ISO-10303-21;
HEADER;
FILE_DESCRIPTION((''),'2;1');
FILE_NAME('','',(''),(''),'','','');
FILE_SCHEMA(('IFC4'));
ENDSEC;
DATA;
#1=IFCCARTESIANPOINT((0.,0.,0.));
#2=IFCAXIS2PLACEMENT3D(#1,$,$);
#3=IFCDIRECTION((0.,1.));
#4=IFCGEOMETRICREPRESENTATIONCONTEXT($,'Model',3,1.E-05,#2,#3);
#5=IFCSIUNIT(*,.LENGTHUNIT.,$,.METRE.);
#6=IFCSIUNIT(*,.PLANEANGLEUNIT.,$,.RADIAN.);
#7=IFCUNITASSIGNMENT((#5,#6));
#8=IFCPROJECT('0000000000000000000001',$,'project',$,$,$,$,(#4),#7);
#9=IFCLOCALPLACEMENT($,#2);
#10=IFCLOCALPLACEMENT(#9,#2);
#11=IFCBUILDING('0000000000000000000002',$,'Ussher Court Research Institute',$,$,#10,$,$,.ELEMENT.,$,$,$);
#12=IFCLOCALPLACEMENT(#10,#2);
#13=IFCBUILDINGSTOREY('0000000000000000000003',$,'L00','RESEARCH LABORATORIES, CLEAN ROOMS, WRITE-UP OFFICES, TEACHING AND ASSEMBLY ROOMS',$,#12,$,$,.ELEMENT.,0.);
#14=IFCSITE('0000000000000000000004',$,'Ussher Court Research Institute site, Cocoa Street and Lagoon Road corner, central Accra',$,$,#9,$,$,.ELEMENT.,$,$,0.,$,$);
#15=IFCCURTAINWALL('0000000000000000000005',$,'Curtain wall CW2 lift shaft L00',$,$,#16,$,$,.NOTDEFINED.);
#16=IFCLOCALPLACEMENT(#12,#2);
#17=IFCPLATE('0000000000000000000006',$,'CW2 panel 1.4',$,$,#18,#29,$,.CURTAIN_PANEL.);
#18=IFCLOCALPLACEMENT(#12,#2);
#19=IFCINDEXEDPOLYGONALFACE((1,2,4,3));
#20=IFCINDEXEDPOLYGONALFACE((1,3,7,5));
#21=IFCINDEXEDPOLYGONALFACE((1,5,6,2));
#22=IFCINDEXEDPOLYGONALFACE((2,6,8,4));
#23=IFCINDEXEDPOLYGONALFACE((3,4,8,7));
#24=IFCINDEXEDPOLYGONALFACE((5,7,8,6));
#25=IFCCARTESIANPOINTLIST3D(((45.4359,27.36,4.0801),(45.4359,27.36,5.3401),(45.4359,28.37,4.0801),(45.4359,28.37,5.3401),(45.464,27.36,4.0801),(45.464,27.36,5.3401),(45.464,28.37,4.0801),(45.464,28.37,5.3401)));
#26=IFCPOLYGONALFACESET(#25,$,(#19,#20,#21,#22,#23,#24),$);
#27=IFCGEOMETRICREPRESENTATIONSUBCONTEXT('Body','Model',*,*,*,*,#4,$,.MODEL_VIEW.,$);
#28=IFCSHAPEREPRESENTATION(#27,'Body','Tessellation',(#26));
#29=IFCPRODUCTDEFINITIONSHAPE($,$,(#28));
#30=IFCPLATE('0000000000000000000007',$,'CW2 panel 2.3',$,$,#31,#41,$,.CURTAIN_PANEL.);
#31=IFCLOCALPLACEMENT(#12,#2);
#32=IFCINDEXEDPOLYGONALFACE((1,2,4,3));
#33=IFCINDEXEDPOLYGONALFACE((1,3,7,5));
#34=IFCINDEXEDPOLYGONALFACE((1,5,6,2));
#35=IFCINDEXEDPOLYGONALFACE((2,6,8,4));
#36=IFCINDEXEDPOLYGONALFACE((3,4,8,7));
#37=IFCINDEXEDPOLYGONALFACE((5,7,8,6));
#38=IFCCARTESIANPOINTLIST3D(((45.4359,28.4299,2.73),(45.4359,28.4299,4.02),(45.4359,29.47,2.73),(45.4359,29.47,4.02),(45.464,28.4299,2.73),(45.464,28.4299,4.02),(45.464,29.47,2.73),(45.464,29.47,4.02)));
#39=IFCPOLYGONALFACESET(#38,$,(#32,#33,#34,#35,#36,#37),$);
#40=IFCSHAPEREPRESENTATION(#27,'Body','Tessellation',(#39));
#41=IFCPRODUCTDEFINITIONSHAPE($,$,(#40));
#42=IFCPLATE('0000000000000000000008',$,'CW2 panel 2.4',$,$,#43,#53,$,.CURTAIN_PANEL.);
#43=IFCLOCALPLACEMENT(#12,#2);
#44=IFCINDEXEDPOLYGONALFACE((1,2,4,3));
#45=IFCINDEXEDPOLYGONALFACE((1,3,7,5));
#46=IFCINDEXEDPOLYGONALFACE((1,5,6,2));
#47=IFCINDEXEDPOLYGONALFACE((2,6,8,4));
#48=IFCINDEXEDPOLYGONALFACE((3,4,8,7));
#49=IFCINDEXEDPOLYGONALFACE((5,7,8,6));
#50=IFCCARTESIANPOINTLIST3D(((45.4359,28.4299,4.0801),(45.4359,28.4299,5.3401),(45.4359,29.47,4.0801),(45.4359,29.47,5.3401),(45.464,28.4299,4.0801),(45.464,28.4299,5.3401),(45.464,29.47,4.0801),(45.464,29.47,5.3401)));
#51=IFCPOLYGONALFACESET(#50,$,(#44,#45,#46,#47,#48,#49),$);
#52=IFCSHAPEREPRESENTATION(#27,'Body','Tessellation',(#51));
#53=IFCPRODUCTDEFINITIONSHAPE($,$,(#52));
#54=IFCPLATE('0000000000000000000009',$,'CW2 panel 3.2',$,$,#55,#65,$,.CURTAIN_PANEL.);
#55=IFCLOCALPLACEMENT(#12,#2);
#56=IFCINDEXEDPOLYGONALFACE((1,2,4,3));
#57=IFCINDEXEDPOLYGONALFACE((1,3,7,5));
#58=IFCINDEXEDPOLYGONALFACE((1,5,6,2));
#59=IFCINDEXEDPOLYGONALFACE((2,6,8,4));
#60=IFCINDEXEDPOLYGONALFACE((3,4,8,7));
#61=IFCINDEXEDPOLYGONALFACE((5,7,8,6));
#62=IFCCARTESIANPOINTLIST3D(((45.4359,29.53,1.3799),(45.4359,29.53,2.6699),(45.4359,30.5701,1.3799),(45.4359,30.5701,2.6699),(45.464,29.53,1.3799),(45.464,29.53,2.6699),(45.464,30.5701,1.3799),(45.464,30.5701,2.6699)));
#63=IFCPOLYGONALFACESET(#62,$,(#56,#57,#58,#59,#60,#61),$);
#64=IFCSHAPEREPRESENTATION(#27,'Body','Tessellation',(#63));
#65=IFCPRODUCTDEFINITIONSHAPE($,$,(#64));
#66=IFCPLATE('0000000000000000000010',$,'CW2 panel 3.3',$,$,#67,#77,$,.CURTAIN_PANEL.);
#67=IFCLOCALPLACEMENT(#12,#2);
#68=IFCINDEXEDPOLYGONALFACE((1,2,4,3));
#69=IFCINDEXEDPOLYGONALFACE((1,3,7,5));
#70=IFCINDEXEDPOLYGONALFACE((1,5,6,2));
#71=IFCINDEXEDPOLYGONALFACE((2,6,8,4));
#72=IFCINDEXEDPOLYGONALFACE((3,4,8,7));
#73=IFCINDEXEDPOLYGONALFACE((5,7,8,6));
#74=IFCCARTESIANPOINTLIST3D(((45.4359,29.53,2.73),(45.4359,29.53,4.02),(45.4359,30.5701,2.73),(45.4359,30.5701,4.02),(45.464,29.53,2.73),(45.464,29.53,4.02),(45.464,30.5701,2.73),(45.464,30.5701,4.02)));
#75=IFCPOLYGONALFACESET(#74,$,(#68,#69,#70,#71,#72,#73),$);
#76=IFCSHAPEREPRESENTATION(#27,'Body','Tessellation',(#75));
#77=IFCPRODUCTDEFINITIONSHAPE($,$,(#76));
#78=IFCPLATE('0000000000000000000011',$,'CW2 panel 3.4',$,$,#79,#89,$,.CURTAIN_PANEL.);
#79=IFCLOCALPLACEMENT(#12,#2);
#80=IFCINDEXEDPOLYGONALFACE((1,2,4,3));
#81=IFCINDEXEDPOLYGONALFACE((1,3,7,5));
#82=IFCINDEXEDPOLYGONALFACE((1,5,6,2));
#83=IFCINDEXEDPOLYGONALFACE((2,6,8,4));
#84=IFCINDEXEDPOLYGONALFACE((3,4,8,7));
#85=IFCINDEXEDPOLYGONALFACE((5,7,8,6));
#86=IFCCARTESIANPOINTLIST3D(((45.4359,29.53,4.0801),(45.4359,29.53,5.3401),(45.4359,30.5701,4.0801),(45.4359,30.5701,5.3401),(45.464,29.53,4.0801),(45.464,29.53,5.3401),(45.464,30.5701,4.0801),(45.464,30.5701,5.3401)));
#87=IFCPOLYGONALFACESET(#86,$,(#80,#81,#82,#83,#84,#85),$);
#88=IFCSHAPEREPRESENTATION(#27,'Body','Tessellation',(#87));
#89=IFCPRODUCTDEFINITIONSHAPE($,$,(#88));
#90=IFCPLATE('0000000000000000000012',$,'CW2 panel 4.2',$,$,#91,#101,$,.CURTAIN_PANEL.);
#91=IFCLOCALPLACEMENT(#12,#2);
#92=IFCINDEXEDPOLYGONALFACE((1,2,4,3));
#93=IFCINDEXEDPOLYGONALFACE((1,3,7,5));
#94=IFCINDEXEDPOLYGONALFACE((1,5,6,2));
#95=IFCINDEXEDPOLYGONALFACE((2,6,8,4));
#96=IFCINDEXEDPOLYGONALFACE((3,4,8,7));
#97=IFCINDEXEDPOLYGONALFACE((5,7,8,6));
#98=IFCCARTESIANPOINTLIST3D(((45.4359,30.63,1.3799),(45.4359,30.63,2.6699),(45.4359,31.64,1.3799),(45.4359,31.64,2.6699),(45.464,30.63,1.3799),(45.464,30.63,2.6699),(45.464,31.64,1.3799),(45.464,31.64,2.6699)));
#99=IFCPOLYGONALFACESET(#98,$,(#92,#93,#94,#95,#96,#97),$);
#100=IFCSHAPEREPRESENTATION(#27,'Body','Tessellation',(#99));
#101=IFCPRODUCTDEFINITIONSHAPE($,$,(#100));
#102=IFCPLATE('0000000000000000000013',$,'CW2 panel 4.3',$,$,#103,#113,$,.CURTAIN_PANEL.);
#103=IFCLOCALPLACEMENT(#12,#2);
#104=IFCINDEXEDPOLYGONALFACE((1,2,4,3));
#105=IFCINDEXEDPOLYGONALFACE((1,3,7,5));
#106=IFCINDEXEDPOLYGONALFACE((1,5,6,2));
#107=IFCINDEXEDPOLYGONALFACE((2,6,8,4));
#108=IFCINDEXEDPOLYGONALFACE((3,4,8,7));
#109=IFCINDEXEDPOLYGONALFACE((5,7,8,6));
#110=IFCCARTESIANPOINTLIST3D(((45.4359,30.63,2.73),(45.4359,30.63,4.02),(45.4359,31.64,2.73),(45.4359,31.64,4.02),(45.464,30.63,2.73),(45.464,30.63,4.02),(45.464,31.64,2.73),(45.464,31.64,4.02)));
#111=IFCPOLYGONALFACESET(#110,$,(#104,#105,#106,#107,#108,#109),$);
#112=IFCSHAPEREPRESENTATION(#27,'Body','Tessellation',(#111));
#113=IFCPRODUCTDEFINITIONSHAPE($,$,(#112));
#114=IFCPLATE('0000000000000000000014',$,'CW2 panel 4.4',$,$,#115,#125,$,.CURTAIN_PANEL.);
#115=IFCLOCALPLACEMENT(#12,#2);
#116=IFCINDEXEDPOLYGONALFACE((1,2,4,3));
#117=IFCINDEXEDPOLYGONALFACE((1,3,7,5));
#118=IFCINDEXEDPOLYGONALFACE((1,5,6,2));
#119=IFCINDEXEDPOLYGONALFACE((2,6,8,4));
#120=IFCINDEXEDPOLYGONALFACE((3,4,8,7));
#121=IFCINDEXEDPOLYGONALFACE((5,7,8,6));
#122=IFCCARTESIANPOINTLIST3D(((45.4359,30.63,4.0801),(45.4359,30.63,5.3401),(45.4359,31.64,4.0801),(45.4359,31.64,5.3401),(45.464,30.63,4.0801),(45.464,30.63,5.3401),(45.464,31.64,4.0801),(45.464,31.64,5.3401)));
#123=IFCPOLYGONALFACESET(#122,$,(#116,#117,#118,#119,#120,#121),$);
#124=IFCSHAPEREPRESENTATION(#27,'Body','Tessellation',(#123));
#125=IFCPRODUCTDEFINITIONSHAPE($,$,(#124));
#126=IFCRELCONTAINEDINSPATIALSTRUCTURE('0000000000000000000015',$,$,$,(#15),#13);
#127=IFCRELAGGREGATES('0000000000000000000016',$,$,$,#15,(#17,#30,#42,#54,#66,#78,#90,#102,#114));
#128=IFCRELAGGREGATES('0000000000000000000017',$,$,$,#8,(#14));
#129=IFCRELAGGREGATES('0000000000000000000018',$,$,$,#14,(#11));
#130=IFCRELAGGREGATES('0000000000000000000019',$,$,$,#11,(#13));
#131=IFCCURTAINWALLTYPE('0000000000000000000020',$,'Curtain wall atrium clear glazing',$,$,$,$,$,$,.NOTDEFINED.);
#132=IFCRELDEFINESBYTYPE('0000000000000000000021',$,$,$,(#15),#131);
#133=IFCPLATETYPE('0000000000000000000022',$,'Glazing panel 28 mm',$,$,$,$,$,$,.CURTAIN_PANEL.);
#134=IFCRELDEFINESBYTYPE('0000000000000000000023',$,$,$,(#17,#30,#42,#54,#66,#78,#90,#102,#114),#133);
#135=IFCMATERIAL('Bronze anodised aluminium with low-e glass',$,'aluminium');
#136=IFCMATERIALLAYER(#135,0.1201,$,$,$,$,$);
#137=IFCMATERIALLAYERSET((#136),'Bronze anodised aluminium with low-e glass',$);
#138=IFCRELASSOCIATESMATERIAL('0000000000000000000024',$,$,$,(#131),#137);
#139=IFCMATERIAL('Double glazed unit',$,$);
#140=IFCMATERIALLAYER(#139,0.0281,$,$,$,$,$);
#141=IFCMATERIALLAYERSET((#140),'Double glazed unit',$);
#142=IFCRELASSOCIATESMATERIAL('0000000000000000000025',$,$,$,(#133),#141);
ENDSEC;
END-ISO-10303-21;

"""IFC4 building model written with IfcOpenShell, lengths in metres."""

from ifc_helpers import new_model, si_unit, direction, frame, origin, origin_2d, place, context, subcontext, project, spatial, rectangle, extrude, material, layer, layer_set, type_object, element, aggregate, save


model = new_model("IFC4")

# Units and contexts
model_context = context("Model", 3, precision=1e-05, world=origin(), true_north=direction((0.0, 1.0)))
body_context = subcontext(model_context, "Body", "Model", "MODEL_VIEW")
ifc_project = project(units=[si_unit("LENGTHUNIT", "METRE"), si_unit("PLANEANGLEUNIT", "RADIAN")], contexts=[model_context])

# Site, building, storey
site_placement = place(None, origin())
site = spatial("IfcSite", under=ifc_project, at=site_placement, Name="Ussher Court Research Institute site, Cocoa Street and Lagoon Road corner, central Accra", CompositionType="ELEMENT", RefElevation=0.0)
building_placement = place(site_placement, origin())
building = spatial("IfcBuilding", under=site, at=building_placement, Name="Ussher Court Research Institute", CompositionType="ELEMENT")
storey_placement = place(building_placement, origin())
storey = spatial("IfcBuildingStorey", under=building, at=storey_placement, Name="L00", Description="RESEARCH LABORATORIES, CLEAN ROOMS, WRITE-UP OFFICES, TEACHING AND ASSEMBLY ROOMS", CompositionType="ELEMENT", Elevation=0.0)

# Curtain wall
ifc_material_1 = material(Name="Bronze anodised aluminium with low-e glass", Category="aluminium")
ifc_layer_1 = layer(ifc_material_1, 0.1201)
ifc_layer_set_1 = layer_set([ifc_layer_1], Name="Bronze anodised aluminium with low-e glass")
curtain_wall_type = type_object("IfcCurtainWallType", Name="Curtain wall atrium clear glazing", PredefinedType="NOTDEFINED", material=ifc_layer_set_1)
curtain_wall_1_placement = place(storey_placement, origin())
curtain_wall_1 = element("IfcCurtainWall", 1, at=curtain_wall_1_placement, inside=storey, type_object=curtain_wall_type, Name="Curtain wall CW2 lift shaft L00", PredefinedType="NOTDEFINED")

# Shared definitions
ifc_material_2 = material(Name="Double glazed unit")
ifc_layer_2 = layer(ifc_material_2, 0.0281)
ifc_layer_set_2 = layer_set([ifc_layer_2], Name="Double glazed unit")
plate_type = type_object("IfcPlateType", Name="Glazing panel 28 mm", PredefinedType="CURTAIN_PANEL", material=ifc_layer_set_2)

# Plates
plate_1_placement = place(storey_placement, frame((45.45, 27.865, 4.0801), z_axis=(0.0, 0.0, 1.0), x_axis=(0.0, 1.0, 0.0)))
plate_1 = element("IfcPlate", 2, at=plate_1_placement, type_object=plate_type, Name="CW2 panel 1.4", PredefinedType="CURTAIN_PANEL", context=body_context, shape_type="SweptSolid", body=[
    extrude(rectangle(XDim=1.01, YDim=0.0281, at=origin_2d()), origin(), (0.0, 0.0, 1.0), 1.26),
])
plate_2_placement = place(storey_placement, frame((45.45, 28.95, 2.73), z_axis=(0.0, 0.0, 1.0), x_axis=(0.0, 1.0, 0.0)))
plate_2 = element("IfcPlate", 3, at=plate_2_placement, type_object=plate_type, Name="CW2 panel 2.3", PredefinedType="CURTAIN_PANEL", context=body_context, shape_type="SweptSolid", body=[
    extrude(rectangle(XDim=1.04, YDim=0.0281, at=origin_2d()), origin(), (0.0, 0.0, 1.0), 1.29),
])
plate_3_placement = place(storey_placement, frame((45.45, 28.95, 4.0801), z_axis=(0.0, 0.0, 1.0), x_axis=(0.0, 1.0, 0.0)))
plate_3 = element("IfcPlate", 4, at=plate_3_placement, type_object=plate_type, Name="CW2 panel 2.4", PredefinedType="CURTAIN_PANEL", context=body_context, shape_type="SweptSolid", body=[
    extrude(rectangle(XDim=1.04, YDim=0.0281, at=origin_2d()), origin(), (0.0, 0.0, 1.0), 1.26),
])
plate_4_placement = place(storey_placement, frame((45.45, 30.05, 1.3799), z_axis=(0.0, 0.0, 1.0), x_axis=(0.0, 1.0, 0.0)))
plate_4 = element("IfcPlate", 5, at=plate_4_placement, type_object=plate_type, Name="CW2 panel 3.2", PredefinedType="CURTAIN_PANEL", context=body_context, shape_type="SweptSolid", body=[
    extrude(rectangle(XDim=1.04, YDim=0.0281, at=origin_2d()), origin(), (0.0, 0.0, 1.0), 1.29),
])
plate_5_placement = place(storey_placement, frame((45.45, 30.05, 2.73), z_axis=(0.0, 0.0, 1.0), x_axis=(0.0, 1.0, 0.0)))
plate_5 = element("IfcPlate", 6, at=plate_5_placement, type_object=plate_type, Name="CW2 panel 3.3", PredefinedType="CURTAIN_PANEL", context=body_context, shape_type="SweptSolid", body=[
    extrude(rectangle(XDim=1.04, YDim=0.0281, at=origin_2d()), origin(), (0.0, 0.0, 1.0), 1.29),
])
plate_6_placement = place(storey_placement, frame((45.45, 30.05, 4.0801), z_axis=(0.0, 0.0, 1.0), x_axis=(0.0, 1.0, 0.0)))
plate_6 = element("IfcPlate", 7, at=plate_6_placement, type_object=plate_type, Name="CW2 panel 3.4", PredefinedType="CURTAIN_PANEL", context=body_context, shape_type="SweptSolid", body=[
    extrude(rectangle(XDim=1.04, YDim=0.0281, at=origin_2d()), origin(), (0.0, 0.0, 1.0), 1.26),
])
plate_7_placement = place(storey_placement, frame((45.45, 31.135, 1.3799), z_axis=(0.0, 0.0, 1.0), x_axis=(0.0, 1.0, 0.0)))
plate_7 = element("IfcPlate", 8, at=plate_7_placement, type_object=plate_type, Name="CW2 panel 4.2", PredefinedType="CURTAIN_PANEL", context=body_context, shape_type="SweptSolid", body=[
    extrude(rectangle(XDim=1.01, YDim=0.0281, at=origin_2d()), origin(), (0.0, 0.0, 1.0), 1.29),
])
plate_8_placement = place(storey_placement, frame((45.45, 31.135, 2.73), z_axis=(0.0, 0.0, 1.0), x_axis=(0.0, 1.0, 0.0)))
plate_8 = element("IfcPlate", 9, at=plate_8_placement, type_object=plate_type, Name="CW2 panel 4.3", PredefinedType="CURTAIN_PANEL", context=body_context, shape_type="SweptSolid", body=[
    extrude(rectangle(XDim=1.01, YDim=0.0281, at=origin_2d()), origin(), (0.0, 0.0, 1.0), 1.29),
])
plate_9_placement = place(storey_placement, frame((45.45, 31.135, 4.0801), z_axis=(0.0, 0.0, 1.0), x_axis=(0.0, 1.0, 0.0)))
plate_9 = element("IfcPlate", 10, at=plate_9_placement, type_object=plate_type, Name="CW2 panel 4.4", PredefinedType="CURTAIN_PANEL", context=body_context, shape_type="SweptSolid", body=[
    extrude(rectangle(XDim=1.01, YDim=0.0281, at=origin_2d()), origin(), (0.0, 0.0, 1.0), 1.26),
])
aggregate(curtain_wall_1, [plate_1, plate_2, plate_3, plate_4, plate_5, plate_6, plate_7, plate_8, plate_9])

save(model, "model.ifc")
